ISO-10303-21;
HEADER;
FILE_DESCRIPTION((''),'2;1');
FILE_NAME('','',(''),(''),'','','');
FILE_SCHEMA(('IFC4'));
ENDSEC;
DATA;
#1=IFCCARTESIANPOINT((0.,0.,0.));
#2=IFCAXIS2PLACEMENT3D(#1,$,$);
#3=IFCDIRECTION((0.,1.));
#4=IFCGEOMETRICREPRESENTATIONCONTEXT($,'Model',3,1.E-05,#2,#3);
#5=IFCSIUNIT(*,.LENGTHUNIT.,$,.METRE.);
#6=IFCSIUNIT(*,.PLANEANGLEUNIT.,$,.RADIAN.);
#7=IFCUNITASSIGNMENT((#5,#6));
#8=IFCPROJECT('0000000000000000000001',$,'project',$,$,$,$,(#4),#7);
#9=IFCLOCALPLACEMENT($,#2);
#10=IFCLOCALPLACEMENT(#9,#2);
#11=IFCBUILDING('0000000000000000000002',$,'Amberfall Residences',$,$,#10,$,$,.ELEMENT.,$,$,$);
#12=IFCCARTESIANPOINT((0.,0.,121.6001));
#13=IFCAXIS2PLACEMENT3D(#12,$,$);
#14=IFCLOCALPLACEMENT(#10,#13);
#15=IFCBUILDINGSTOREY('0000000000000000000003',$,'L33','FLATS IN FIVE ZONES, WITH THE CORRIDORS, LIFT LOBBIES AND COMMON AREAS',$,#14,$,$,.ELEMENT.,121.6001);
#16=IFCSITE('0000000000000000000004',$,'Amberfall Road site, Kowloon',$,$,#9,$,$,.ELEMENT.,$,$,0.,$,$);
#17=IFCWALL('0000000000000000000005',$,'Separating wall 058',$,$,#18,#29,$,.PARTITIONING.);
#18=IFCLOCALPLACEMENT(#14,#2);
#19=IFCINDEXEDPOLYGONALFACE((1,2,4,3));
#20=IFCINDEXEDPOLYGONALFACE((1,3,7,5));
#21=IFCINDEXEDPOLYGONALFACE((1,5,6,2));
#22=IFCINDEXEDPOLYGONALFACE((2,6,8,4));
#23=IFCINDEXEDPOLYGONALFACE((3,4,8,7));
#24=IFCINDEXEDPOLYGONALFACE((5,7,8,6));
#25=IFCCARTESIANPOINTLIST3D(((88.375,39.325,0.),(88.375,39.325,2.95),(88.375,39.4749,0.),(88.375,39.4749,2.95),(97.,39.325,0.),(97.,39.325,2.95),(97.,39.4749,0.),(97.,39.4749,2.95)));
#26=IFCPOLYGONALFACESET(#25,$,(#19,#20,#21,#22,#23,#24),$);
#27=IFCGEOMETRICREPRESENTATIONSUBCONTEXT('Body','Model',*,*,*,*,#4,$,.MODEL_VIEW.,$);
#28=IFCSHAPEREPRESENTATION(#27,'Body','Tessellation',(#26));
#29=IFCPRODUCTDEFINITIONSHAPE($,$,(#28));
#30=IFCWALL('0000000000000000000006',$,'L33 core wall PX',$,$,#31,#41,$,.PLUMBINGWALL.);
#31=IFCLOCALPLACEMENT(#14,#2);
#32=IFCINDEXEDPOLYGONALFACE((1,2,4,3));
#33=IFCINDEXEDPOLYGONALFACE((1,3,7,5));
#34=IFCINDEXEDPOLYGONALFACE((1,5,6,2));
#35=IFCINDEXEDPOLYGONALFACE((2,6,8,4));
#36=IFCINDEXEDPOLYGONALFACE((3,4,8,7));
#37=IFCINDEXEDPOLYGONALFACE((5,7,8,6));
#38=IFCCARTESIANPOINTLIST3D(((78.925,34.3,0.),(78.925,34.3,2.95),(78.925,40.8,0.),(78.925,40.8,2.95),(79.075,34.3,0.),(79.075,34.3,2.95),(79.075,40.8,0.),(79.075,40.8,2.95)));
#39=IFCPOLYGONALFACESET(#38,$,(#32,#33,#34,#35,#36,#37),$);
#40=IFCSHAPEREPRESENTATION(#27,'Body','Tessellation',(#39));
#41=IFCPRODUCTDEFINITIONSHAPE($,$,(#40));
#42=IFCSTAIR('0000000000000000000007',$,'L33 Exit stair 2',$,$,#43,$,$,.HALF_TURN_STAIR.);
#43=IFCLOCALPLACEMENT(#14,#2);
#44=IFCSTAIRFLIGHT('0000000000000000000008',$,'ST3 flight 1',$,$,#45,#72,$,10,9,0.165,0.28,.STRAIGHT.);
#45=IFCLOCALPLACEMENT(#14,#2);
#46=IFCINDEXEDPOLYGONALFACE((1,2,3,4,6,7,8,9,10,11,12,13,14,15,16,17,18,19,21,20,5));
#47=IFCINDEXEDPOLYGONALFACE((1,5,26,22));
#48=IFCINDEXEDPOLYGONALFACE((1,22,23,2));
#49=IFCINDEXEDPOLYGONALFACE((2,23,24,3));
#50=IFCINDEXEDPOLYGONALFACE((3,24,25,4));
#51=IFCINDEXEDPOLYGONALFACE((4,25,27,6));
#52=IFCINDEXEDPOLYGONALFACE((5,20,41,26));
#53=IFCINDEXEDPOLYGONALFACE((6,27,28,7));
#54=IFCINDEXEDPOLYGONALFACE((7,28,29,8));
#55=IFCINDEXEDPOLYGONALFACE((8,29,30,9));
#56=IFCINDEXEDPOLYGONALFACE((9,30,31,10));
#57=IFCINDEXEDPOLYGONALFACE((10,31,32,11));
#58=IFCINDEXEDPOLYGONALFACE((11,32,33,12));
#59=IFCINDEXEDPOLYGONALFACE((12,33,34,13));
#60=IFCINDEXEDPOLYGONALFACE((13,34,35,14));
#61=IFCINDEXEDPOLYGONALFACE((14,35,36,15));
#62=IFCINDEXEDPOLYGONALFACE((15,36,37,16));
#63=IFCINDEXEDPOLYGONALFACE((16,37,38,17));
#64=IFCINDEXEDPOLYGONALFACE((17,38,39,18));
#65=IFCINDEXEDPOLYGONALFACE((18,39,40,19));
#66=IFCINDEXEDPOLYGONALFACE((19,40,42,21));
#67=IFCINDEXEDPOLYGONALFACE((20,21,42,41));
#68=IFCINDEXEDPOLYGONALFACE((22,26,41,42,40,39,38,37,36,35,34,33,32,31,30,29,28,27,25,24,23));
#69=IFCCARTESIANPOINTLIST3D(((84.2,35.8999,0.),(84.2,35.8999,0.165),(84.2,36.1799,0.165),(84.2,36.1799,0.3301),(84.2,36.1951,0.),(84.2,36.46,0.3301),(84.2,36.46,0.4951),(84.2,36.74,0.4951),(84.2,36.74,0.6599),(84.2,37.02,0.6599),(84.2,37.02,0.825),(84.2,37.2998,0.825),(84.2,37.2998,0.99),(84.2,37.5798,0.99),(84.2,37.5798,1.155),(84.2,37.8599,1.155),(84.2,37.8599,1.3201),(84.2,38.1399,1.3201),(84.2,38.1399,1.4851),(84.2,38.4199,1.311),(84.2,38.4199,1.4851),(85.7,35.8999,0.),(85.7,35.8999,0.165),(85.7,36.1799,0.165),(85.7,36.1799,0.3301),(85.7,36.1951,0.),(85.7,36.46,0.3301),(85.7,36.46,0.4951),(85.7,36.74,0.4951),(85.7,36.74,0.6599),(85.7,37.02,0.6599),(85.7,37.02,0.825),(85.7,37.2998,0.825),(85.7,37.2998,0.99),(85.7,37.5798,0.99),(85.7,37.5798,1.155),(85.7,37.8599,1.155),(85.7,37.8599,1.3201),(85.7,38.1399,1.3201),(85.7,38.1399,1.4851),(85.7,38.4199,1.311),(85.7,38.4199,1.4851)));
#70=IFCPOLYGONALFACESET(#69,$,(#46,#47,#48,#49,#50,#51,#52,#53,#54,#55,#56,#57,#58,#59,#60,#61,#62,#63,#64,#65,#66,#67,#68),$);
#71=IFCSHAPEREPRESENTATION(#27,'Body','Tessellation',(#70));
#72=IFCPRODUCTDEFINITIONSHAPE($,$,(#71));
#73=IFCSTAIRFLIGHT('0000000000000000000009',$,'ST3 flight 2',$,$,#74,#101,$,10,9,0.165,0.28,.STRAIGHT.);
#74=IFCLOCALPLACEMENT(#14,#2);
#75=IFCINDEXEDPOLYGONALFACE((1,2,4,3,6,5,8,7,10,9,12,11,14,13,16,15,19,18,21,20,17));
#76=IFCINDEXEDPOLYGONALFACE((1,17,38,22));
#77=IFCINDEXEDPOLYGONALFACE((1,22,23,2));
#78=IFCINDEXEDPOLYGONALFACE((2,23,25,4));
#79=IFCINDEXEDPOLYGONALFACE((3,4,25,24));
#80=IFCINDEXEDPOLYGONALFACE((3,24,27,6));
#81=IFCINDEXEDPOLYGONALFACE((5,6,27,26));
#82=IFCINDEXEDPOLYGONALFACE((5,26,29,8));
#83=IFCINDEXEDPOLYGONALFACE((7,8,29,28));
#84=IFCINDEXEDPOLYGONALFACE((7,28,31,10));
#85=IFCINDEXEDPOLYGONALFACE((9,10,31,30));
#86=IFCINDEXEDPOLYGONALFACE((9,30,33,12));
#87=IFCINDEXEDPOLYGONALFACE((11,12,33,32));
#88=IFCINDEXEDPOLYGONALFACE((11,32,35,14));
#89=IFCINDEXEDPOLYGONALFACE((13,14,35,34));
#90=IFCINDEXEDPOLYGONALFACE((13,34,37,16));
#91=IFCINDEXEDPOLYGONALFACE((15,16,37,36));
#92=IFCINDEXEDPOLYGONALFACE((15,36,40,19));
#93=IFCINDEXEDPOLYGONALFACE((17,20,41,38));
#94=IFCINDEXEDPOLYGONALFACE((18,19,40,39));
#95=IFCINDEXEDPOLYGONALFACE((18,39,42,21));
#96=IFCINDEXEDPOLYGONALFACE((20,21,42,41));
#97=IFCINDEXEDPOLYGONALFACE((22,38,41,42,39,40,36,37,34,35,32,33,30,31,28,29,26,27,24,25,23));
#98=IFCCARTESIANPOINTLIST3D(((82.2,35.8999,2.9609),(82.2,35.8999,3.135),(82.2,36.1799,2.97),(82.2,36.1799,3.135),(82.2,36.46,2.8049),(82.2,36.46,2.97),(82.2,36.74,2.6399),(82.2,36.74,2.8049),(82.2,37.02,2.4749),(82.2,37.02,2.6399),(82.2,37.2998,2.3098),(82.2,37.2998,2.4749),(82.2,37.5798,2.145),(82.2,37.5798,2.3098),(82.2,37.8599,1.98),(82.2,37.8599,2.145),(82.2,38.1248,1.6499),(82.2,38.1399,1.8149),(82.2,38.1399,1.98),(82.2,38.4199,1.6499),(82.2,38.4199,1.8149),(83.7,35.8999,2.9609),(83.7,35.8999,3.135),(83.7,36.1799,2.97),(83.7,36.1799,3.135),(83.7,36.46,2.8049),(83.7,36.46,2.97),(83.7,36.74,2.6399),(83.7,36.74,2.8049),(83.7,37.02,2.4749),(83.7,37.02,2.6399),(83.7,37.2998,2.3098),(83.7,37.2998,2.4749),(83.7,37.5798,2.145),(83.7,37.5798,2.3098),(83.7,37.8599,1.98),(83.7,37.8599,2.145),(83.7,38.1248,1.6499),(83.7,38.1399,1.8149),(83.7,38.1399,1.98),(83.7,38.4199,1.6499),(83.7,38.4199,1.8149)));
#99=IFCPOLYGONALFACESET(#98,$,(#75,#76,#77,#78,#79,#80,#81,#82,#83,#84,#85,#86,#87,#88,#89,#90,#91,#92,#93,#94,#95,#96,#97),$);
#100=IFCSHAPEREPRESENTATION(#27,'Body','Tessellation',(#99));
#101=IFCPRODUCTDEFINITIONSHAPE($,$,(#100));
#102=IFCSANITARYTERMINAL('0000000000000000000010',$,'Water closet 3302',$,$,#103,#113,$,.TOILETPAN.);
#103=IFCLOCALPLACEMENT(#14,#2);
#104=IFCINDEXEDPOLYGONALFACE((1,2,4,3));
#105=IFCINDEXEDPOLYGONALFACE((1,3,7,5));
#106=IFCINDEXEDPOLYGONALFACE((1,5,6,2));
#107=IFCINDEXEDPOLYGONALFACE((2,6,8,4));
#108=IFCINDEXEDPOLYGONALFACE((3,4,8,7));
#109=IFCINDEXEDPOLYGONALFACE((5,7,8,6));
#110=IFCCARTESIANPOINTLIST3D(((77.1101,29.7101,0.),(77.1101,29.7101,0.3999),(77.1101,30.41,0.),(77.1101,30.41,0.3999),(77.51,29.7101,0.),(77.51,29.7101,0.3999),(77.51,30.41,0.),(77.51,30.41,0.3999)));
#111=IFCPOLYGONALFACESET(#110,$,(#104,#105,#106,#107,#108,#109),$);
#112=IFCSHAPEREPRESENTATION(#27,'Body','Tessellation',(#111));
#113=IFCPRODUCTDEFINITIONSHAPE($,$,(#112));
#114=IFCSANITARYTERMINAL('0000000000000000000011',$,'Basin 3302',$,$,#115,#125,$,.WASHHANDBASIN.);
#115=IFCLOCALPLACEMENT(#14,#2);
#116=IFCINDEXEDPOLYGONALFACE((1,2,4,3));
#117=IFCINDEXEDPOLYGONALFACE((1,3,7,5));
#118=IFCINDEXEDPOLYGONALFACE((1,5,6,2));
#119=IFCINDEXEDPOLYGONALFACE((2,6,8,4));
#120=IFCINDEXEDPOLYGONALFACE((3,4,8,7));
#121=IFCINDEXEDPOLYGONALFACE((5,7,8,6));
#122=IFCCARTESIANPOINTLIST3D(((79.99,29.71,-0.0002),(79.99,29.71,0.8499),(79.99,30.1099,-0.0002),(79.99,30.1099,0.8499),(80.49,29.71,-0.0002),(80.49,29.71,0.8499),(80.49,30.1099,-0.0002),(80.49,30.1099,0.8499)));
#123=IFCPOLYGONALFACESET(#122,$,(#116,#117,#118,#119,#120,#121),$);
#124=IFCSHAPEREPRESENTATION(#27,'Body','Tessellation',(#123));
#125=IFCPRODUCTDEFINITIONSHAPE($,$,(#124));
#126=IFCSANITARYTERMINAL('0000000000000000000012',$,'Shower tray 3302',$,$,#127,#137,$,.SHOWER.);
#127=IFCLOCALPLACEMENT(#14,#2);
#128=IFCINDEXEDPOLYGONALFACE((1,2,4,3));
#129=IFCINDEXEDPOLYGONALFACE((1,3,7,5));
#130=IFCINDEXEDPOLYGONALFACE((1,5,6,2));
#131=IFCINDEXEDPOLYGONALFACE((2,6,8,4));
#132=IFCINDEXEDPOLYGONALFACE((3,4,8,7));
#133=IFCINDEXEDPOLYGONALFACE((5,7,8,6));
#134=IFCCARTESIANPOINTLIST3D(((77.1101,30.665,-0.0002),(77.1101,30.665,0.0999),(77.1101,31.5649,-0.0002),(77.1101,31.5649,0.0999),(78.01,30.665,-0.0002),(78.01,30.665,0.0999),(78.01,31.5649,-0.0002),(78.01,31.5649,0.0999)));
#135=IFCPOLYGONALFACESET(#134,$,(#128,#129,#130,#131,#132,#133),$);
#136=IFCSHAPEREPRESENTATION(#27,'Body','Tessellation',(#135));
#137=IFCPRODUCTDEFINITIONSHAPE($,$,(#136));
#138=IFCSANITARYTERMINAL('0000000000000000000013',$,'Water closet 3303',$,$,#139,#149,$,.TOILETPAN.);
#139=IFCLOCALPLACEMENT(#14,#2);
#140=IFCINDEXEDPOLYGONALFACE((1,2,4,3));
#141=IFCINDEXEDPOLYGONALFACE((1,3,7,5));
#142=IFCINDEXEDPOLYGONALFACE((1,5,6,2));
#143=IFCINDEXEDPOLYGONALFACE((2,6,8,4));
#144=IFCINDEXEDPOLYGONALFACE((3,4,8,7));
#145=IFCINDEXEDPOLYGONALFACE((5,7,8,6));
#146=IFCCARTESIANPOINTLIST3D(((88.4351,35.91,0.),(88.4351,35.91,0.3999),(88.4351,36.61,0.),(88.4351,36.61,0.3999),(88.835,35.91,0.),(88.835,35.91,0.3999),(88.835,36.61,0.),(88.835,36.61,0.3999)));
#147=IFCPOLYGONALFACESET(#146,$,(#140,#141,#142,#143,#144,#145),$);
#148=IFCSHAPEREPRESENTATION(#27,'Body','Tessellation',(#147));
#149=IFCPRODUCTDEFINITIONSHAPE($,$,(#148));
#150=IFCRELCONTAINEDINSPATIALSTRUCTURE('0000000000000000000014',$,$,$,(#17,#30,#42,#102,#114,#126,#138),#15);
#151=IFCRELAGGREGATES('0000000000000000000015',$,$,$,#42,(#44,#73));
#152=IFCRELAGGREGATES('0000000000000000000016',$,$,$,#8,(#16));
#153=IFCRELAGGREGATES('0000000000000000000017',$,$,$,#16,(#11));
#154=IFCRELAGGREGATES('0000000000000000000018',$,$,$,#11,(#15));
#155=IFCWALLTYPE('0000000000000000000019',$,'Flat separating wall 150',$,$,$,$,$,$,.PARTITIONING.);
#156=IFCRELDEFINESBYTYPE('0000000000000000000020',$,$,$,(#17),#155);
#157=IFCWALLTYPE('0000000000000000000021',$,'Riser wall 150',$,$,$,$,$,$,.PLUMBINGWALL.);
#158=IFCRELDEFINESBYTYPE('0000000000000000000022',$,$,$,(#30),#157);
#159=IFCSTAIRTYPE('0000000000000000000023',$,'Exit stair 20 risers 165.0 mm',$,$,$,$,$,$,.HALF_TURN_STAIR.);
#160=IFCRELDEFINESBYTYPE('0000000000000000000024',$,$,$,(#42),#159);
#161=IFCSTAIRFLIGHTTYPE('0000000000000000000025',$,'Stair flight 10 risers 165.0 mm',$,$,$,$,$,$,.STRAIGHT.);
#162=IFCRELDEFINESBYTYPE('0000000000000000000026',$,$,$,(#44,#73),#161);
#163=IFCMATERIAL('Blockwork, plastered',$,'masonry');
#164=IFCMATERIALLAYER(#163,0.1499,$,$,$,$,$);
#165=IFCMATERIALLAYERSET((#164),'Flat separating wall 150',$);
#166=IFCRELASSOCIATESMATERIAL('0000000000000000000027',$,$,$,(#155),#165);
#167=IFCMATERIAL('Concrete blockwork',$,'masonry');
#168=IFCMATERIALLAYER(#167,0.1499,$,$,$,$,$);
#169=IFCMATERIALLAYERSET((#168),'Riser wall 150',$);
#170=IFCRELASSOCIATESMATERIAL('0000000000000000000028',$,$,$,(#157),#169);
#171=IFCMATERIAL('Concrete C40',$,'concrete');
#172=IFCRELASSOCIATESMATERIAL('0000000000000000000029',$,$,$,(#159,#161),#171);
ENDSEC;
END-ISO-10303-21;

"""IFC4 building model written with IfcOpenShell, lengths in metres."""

from ifc_helpers import new_model, si_unit, direction, frame, frame_2d, origin, origin_2d, place, context, subcontext, project, spatial, polyline, rectangle, outline, extrude, material, layer, layer_set, type_object, element, aggregate, save


model = new_model("IFC4")

# Units and contexts
model_context = context("Model", 3, precision=1e-05, world=origin(), true_north=direction((0.0, 1.0)))
body_context = subcontext(model_context, "Body", "Model", "MODEL_VIEW")
ifc_project = project(units=[si_unit("LENGTHUNIT", "METRE"), si_unit("PLANEANGLEUNIT", "RADIAN")], contexts=[model_context])

# Site, building, storey
site_placement = place(None, origin())
site = spatial("IfcSite", under=ifc_project, at=site_placement, Name="Amberfall Road site, Kowloon", CompositionType="ELEMENT", RefElevation=0.0)
building_placement = place(site_placement, origin())
building = spatial("IfcBuilding", under=site, at=building_placement, Name="Amberfall Residences", CompositionType="ELEMENT")
storey_placement = place(building_placement, frame((0.0, 0.0, 121.6001)))
storey = spatial("IfcBuildingStorey", under=building, at=storey_placement, Name="L33", Description="FLATS IN FIVE ZONES, WITH THE CORRIDORS, LIFT LOBBIES AND COMMON AREAS", CompositionType="ELEMENT", Elevation=121.6001)

# Walls
ifc_material_1 = material(Name="Blockwork, plastered", Category="masonry")
ifc_layer_1 = layer(ifc_material_1, 0.1499)
ifc_layer_set_1 = layer_set([ifc_layer_1], Name="Flat separating wall 150")
wall_type_1 = type_object("IfcWallType", Name="Flat separating wall 150", PredefinedType="PARTITIONING", material=ifc_layer_set_1)
wall_1_placement = place(storey_placement, frame((88.375, 39.3999, 0.0), z_axis=(0.0, 0.0, 1.0), x_axis=(1.0, 0.0, 0.0)))
element("IfcWall", 1, at=wall_1_placement, inside=storey, type_object=wall_type_1, Name="Separating wall 058", PredefinedType="PARTITIONING", context=body_context, shape_type="SweptSolid", body=[
    extrude(rectangle(XDim=8.625, YDim=0.1499, at=frame_2d((4.3125, 0.0))), origin(), (0.0, 0.0, 1.0), 2.95),
])
ifc_material_2 = material(Name="Concrete blockwork", Category="masonry")
ifc_layer_2 = layer(ifc_material_2, 0.1499)
ifc_layer_set_2 = layer_set([ifc_layer_2], Name="Riser wall 150")
wall_type_2 = type_object("IfcWallType", Name="Riser wall 150", PredefinedType="PLUMBINGWALL", material=ifc_layer_set_2)
wall_2_placement = place(storey_placement, frame((79.0, 34.3, 0.0), z_axis=(0.0, 0.0, 1.0), x_axis=(0.0, 1.0, 0.0)))
element("IfcWall", 2, at=wall_2_placement, inside=storey, type_object=wall_type_2, Name="L33 core wall PX", PredefinedType="PLUMBINGWALL", context=body_context, shape_type="SweptSolid", body=[
    extrude(rectangle(XDim=6.5, YDim=0.1499, at=frame_2d((3.25, 0.0))), origin(), (0.0, 0.0, 1.0), 2.95),
])

# Stair, stair flights
ifc_material_3 = material(Name="Concrete C40", Category="concrete")
stair_type = type_object("IfcStairType", Name="Exit stair 20 risers 165.0 mm", PredefinedType="HALF_TURN_STAIR", material=ifc_material_3)
stair_placement = place(storey_placement, origin())
stair = element("IfcStair", 3, at=stair_placement, inside=storey, type_object=stair_type, Name="L33 Exit stair 2", PredefinedType="HALF_TURN_STAIR")
stair_flight_type = type_object("IfcStairFlightType", Name="Stair flight 10 risers 165.0 mm", PredefinedType="STRAIGHT", material=ifc_material_3)
stair_flight_1_placement = place(storey_placement, frame((84.95, 35.8999, 0.0), z_axis=(0.0, 0.0, 1.0), x_axis=(0.0, 1.0, 0.0)))
stair_flight_1 = element("IfcStairFlight", 4, at=stair_flight_1_placement, type_object=stair_flight_type, Name="ST3 flight 1", NumberOfRisers=10, NumberOfTreads=9, PredefinedType="STRAIGHT", RiserHeight=0.165, TreadLength=0.28, context=body_context, shape_type="SweptSolid", body=[
    extrude(outline(polyline([(0.0, 0.0), (0.0, 0.165), (0.28, 0.165), (0.28, 0.3301), (0.5601, 0.3301), (0.5601, 0.4951), (0.8401, 0.4951), (0.8401, 0.6599), (1.1201, 0.6599), (1.1201, 0.825), (1.3999, 0.825), (1.3999, 0.99), (1.6799, 0.99), (1.6799, 1.155), (1.96, 1.155), (1.96, 1.3201), (2.24, 1.3201), (2.24, 1.4851), (2.52, 1.4851), (2.52, 1.6499), (2.52, 1.311), (0.2952, 0.0), (0.0, 0.0)])), frame((0.0, 0.75, 0.0), z_axis=(0.0, -1.0, 0.0), x_axis=(1.0, 0.0, 0.0)), (0.0, 0.0, 1.0), 1.5),
])
stair_flight_2_placement = place(storey_placement, frame((82.95, 38.4199, 1.6499), z_axis=(0.0, 0.0, 1.0), x_axis=(0.0, -1.0, 0.0)))
stair_flight_2 = element("IfcStairFlight", 5, at=stair_flight_2_placement, type_object=stair_flight_type, Name="ST3 flight 2", NumberOfRisers=10, NumberOfTreads=9, PredefinedType="STRAIGHT", RiserHeight=0.165, TreadLength=0.28, context=body_context, shape_type="SweptSolid", body=[
    extrude(outline(polyline([(0.0, 0.0), (0.0, 0.165), (0.28, 0.165), (0.28, 0.3301), (0.5601, 0.3301), (0.5601, 0.4951), (0.8401, 0.4951), (0.8401, 0.6599), (1.1201, 0.6599), (1.1201, 0.825), (1.3999, 0.825), (1.3999, 0.99), (1.6799, 0.99), (1.6799, 1.155), (1.96, 1.155), (1.96, 1.3201), (2.24, 1.3201), (2.24, 1.4851), (2.52, 1.4851), (2.52, 1.6499), (2.52, 1.311), (0.2952, 0.0), (0.0, 0.0)])), frame((0.0, 0.75, 0.0), z_axis=(0.0, -1.0, 0.0), x_axis=(1.0, 0.0, 0.0)), (0.0, 0.0, 1.0), 1.5),
])
aggregate(stair, [stair_flight_1, stair_flight_2])

# Sanitary terminals
sanitary_terminal_1_placement = place(storey_placement, frame((77.3101, 30.0601, 0.0), z_axis=(0.0, 0.0, 1.0), x_axis=(1.0, 0.0, 0.0)))
element("IfcSanitaryTerminal", 6, at=sanitary_terminal_1_placement, inside=storey, Name="Water closet 3302", PredefinedType="TOILETPAN", context=body_context, shape_type="SweptSolid", body=[
    extrude(rectangle(XDim=0.3999, YDim=0.7, at=origin_2d()), origin(), (0.0, 0.0, 1.0), 0.3999),
])
sanitary_terminal_2_placement = place(storey_placement, frame((80.24, 29.9099, -0.0002), z_axis=(0.0, 0.0, 1.0), x_axis=(1.0, 0.0, 0.0)))
element("IfcSanitaryTerminal", 7, at=sanitary_terminal_2_placement, inside=storey, Name="Basin 3302", PredefinedType="WASHHANDBASIN", context=body_context, shape_type="SweptSolid", body=[
    extrude(rectangle(XDim=0.5, YDim=0.3999, at=origin_2d()), origin(), (0.0, 0.0, 1.0), 0.8501),
])
sanitary_terminal_3_placement = place(storey_placement, frame((77.5601, 31.115, -0.0002), z_axis=(0.0, 0.0, 1.0), x_axis=(1.0, 0.0, 0.0)))
element("IfcSanitaryTerminal", 8, at=sanitary_terminal_3_placement, inside=storey, Name="Shower tray 3302", PredefinedType="SHOWER", context=body_context, shape_type="SweptSolid", body=[
    extrude(rectangle(XDim=0.8999, YDim=0.8999, at=origin_2d()), origin(), (0.0, 0.0, 1.0), 0.1001),
])
sanitary_terminal_4_placement = place(storey_placement, frame((88.635, 36.26, 0.0), z_axis=(0.0, 0.0, 1.0), x_axis=(1.0, 0.0, 0.0)))
element("IfcSanitaryTerminal", 9, at=sanitary_terminal_4_placement, inside=storey, Name="Water closet 3303", PredefinedType="TOILETPAN", context=body_context, shape_type="SweptSolid", body=[
    extrude(rectangle(XDim=0.3999, YDim=0.7, at=origin_2d()), origin(), (0.0, 0.0, 1.0), 0.3999),
])

save(model, "model.ifc")
